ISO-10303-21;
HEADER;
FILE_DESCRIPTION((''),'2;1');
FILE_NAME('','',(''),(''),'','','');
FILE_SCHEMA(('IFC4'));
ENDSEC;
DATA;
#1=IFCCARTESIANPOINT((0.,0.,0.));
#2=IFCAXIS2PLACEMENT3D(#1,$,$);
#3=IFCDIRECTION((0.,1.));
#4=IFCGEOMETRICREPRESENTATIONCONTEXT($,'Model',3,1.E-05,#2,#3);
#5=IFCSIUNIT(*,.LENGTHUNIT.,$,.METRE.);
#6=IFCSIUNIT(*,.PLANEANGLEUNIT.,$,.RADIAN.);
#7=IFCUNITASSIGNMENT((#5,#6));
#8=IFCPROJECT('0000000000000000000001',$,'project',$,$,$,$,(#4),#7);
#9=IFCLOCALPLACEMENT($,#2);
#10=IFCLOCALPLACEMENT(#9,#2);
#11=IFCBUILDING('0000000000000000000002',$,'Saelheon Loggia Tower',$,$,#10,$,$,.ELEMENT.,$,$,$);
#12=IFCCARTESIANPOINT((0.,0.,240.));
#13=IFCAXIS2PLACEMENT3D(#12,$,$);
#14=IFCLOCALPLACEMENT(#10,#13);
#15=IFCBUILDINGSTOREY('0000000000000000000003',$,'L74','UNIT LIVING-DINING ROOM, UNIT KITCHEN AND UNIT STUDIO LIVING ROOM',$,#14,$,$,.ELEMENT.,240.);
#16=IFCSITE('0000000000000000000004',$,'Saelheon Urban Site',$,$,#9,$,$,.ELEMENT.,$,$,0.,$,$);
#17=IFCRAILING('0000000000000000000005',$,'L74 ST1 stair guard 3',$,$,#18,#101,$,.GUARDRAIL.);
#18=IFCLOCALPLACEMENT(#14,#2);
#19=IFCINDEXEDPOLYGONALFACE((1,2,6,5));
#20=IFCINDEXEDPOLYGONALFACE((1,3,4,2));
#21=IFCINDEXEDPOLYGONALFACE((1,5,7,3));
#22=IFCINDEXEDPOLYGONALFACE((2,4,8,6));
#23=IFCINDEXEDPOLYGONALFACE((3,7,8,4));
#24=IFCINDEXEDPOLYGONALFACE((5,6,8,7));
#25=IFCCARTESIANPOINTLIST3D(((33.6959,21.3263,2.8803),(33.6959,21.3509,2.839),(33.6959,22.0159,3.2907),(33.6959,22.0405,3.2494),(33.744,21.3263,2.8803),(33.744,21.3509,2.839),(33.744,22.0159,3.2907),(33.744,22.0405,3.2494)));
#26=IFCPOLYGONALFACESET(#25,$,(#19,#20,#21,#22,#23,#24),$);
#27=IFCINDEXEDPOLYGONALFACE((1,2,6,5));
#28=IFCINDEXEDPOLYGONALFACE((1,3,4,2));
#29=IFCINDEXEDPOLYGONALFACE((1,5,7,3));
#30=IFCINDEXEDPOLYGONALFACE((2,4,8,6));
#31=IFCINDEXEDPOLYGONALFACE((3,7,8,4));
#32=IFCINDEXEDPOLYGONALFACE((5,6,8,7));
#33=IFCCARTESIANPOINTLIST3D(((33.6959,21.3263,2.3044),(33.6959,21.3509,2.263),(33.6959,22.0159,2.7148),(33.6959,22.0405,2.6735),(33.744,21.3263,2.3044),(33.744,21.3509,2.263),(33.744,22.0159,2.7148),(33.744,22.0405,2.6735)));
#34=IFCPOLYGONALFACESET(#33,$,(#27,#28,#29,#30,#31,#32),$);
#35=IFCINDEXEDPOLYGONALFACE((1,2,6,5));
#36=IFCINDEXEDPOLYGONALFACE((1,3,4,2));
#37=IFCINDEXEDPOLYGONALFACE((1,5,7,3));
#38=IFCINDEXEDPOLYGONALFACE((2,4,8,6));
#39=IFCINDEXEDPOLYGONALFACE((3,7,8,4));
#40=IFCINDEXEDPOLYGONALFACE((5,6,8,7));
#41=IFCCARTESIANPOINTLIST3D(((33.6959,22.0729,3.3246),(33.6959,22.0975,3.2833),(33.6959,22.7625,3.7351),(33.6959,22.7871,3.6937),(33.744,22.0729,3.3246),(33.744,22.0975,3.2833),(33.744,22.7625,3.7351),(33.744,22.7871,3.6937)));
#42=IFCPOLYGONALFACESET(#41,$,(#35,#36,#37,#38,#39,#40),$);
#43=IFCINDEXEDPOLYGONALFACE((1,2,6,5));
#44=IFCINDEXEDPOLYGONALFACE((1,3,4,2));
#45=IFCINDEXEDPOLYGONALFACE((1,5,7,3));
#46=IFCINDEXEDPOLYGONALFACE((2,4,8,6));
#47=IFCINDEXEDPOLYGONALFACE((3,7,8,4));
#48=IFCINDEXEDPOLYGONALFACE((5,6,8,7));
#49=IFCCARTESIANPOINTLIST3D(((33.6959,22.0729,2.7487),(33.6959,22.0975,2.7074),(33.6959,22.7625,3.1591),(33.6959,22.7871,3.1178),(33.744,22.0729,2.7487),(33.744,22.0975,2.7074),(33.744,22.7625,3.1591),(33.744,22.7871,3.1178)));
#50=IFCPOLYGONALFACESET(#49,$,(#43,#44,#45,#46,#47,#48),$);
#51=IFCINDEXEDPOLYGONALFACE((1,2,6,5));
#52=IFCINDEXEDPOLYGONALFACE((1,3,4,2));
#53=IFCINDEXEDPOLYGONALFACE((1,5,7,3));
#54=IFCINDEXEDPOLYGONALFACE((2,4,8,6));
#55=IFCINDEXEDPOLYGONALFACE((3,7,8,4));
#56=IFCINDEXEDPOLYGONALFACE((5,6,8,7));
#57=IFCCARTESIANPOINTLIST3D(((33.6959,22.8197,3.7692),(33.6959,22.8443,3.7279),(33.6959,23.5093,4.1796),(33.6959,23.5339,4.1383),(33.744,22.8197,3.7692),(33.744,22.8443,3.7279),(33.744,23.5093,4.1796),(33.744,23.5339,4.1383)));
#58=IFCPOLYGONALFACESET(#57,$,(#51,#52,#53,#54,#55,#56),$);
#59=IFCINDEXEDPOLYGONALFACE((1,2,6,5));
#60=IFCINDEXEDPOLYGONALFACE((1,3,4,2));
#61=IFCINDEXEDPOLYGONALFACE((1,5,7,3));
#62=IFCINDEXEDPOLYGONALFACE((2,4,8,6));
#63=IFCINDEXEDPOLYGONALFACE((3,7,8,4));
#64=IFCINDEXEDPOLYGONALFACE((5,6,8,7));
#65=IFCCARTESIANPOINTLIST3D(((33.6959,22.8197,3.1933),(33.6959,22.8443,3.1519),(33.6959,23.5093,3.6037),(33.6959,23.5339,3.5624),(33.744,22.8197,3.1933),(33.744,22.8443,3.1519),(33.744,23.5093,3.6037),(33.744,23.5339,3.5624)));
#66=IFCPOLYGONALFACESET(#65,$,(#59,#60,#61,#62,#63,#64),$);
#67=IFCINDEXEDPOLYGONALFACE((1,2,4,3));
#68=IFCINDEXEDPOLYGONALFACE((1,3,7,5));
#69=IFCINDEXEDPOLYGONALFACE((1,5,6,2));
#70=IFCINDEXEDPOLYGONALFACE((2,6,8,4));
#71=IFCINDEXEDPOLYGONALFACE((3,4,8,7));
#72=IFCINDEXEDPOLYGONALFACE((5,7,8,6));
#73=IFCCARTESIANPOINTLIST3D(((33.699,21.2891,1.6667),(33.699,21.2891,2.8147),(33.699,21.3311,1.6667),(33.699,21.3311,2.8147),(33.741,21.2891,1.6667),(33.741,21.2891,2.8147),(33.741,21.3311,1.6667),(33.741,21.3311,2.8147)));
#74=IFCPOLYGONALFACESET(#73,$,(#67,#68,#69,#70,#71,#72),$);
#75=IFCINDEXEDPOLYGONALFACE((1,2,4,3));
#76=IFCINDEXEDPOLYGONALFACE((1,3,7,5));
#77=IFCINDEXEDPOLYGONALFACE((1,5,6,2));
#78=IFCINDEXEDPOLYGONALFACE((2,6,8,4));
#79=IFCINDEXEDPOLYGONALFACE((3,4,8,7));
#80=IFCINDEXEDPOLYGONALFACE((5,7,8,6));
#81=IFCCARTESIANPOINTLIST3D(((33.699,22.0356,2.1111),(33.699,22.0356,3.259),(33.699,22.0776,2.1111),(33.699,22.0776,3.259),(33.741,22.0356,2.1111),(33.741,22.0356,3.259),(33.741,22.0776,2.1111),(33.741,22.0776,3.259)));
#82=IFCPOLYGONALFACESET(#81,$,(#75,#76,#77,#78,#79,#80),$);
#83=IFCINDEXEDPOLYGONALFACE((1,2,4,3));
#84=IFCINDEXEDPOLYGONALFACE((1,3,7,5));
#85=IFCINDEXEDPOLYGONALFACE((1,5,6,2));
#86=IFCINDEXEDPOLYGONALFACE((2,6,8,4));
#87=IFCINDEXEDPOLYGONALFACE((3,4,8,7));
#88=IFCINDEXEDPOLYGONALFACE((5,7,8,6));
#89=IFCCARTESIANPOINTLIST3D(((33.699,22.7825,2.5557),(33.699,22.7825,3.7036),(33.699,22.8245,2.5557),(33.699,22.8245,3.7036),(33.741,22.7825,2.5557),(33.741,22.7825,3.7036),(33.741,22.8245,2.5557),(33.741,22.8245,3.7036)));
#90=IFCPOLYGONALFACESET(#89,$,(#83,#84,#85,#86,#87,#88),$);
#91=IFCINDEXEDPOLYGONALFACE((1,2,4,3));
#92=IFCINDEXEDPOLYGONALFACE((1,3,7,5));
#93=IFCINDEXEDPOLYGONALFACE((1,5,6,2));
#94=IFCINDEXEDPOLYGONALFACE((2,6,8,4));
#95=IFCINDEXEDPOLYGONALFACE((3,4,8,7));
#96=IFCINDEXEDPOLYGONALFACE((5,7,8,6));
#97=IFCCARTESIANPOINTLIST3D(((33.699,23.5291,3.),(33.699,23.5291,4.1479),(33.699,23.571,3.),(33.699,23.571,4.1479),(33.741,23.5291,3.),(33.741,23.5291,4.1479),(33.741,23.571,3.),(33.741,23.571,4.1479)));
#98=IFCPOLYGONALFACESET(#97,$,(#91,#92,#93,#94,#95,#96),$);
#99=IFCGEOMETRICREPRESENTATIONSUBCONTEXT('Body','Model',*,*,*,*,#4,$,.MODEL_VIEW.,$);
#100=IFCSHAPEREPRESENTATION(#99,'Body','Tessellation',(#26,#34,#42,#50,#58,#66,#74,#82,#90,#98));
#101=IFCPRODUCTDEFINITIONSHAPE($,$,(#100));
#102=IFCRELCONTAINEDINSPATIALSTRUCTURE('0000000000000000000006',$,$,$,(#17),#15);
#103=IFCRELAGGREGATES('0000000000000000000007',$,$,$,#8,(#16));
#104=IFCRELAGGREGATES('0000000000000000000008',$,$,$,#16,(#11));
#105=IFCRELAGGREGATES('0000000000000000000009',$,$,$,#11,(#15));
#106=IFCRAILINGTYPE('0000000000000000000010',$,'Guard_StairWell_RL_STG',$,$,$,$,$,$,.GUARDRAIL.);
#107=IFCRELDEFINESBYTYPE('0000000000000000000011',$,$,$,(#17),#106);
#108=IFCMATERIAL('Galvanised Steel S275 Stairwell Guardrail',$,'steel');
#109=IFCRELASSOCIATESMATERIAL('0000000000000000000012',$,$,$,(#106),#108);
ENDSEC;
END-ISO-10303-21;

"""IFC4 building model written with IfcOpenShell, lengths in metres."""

from ifc_helpers import new_model, si_unit, direction, frame, origin, origin_2d, place, context, subcontext, project, spatial, rectangle, extrude, material, type_object, element, save


model = new_model("IFC4")

# Units and contexts
model_context = context("Model", 3, precision=1e-05, world=origin(), true_north=direction((0.0, 1.0)))
body_context = subcontext(model_context, "Body", "Model", "MODEL_VIEW")
ifc_project = project(units=[si_unit("LENGTHUNIT", "METRE"), si_unit("PLANEANGLEUNIT", "RADIAN")], contexts=[model_context])

# Site, building, storey
site_placement = place(None, origin())
site = spatial("IfcSite", under=ifc_project, at=site_placement, Name="Saelheon Urban Site", CompositionType="ELEMENT", RefElevation=0.0)
building_placement = place(site_placement, origin())
building = spatial("IfcBuilding", under=site, at=building_placement, Name="Saelheon Loggia Tower", CompositionType="ELEMENT")
storey_placement = place(building_placement, frame((0.0, 0.0, 240.0)))
storey = spatial("IfcBuildingStorey", under=building, at=storey_placement, Name="L74", Description="UNIT LIVING-DINING ROOM, UNIT KITCHEN AND UNIT STUDIO LIVING ROOM", CompositionType="ELEMENT", Elevation=240.0)

# Railing
ifc_material_1 = material(Name="Galvanised Steel S275 Stairwell Guardrail", Category="steel")
railing_type = type_object("IfcRailingType", Name="Guard_StairWell_RL_STG", PredefinedType="GUARDRAIL", material=ifc_material_1)
railing_1_placement = place(storey_placement, frame((33.72, 21.3101, 1.6667)))
element("IfcRailing", 1, at=railing_1_placement, inside=storey, type_object=railing_type, Name="L74 ST1 stair guard 3", PredefinedType="GUARDRAIL", context=body_context, shape_type="SweptSolid", body=[
    extrude(rectangle(XDim=0.0481, YDim=0.0481, at=origin_2d()), frame((0.0, 0.0286, 1.1929), z_axis=(0.0, 0.859306, 0.511462), x_axis=(-1.0, 0.0, 0.0)), (0.0, 0.0, 1.0), 0.8025),
    extrude(rectangle(XDim=0.0481, YDim=0.0481, at=origin_2d()), frame((0.0, 0.0286, 0.6169), z_axis=(0.0, 0.859306, 0.511462), x_axis=(-1.0, 0.0, 0.0)), (0.0, 0.0, 1.0), 0.8025),
    extrude(rectangle(XDim=0.0481, YDim=0.0481, at=origin_2d()), frame((0.0, 0.7751, 1.6372), z_axis=(0.0, 0.859306, 0.511462), x_axis=(-1.0, 0.0, 0.0)), (0.0, 0.0, 1.0), 0.8025),
    extrude(rectangle(XDim=0.0481, YDim=0.0481, at=origin_2d()), frame((0.0, 0.7751, 1.0613), z_axis=(0.0, 0.859306, 0.511462), x_axis=(-1.0, 0.0, 0.0)), (0.0, 0.0, 1.0), 0.8025),
    extrude(rectangle(XDim=0.0481, YDim=0.0481, at=origin_2d()), frame((0.0, 1.522, 2.0818), z_axis=(0.0, 0.859306, 0.511462), x_axis=(-1.0, 0.0, 0.0)), (0.0, 0.0, 1.0), 0.8025),
    extrude(rectangle(XDim=0.0481, YDim=0.0481, at=origin_2d()), frame((0.0, 1.522, 1.5059), z_axis=(0.0, 0.859306, 0.511462), x_axis=(-1.0, 0.0, 0.0)), (0.0, 0.0, 1.0), 0.8025),
    extrude(rectangle(XDim=0.042, YDim=0.042, at=origin_2d()), origin(), (0.0, 0.0, 1.0), 1.1479),
    extrude(rectangle(XDim=0.042, YDim=0.042, at=origin_2d()), frame((0.0, 0.7466, 0.4443)), (0.0, 0.0, 1.0), 1.1479),
    extrude(rectangle(XDim=0.042, YDim=0.042, at=origin_2d()), frame((0.0, 1.4934, 0.8889)), (0.0, 0.0, 1.0), 1.1479),
    extrude(rectangle(XDim=0.042, YDim=0.042, at=origin_2d()), frame((0.0, 2.24, 1.3333)), (0.0, 0.0, 1.0), 1.1479),
])

save(model, "model.ifc")
